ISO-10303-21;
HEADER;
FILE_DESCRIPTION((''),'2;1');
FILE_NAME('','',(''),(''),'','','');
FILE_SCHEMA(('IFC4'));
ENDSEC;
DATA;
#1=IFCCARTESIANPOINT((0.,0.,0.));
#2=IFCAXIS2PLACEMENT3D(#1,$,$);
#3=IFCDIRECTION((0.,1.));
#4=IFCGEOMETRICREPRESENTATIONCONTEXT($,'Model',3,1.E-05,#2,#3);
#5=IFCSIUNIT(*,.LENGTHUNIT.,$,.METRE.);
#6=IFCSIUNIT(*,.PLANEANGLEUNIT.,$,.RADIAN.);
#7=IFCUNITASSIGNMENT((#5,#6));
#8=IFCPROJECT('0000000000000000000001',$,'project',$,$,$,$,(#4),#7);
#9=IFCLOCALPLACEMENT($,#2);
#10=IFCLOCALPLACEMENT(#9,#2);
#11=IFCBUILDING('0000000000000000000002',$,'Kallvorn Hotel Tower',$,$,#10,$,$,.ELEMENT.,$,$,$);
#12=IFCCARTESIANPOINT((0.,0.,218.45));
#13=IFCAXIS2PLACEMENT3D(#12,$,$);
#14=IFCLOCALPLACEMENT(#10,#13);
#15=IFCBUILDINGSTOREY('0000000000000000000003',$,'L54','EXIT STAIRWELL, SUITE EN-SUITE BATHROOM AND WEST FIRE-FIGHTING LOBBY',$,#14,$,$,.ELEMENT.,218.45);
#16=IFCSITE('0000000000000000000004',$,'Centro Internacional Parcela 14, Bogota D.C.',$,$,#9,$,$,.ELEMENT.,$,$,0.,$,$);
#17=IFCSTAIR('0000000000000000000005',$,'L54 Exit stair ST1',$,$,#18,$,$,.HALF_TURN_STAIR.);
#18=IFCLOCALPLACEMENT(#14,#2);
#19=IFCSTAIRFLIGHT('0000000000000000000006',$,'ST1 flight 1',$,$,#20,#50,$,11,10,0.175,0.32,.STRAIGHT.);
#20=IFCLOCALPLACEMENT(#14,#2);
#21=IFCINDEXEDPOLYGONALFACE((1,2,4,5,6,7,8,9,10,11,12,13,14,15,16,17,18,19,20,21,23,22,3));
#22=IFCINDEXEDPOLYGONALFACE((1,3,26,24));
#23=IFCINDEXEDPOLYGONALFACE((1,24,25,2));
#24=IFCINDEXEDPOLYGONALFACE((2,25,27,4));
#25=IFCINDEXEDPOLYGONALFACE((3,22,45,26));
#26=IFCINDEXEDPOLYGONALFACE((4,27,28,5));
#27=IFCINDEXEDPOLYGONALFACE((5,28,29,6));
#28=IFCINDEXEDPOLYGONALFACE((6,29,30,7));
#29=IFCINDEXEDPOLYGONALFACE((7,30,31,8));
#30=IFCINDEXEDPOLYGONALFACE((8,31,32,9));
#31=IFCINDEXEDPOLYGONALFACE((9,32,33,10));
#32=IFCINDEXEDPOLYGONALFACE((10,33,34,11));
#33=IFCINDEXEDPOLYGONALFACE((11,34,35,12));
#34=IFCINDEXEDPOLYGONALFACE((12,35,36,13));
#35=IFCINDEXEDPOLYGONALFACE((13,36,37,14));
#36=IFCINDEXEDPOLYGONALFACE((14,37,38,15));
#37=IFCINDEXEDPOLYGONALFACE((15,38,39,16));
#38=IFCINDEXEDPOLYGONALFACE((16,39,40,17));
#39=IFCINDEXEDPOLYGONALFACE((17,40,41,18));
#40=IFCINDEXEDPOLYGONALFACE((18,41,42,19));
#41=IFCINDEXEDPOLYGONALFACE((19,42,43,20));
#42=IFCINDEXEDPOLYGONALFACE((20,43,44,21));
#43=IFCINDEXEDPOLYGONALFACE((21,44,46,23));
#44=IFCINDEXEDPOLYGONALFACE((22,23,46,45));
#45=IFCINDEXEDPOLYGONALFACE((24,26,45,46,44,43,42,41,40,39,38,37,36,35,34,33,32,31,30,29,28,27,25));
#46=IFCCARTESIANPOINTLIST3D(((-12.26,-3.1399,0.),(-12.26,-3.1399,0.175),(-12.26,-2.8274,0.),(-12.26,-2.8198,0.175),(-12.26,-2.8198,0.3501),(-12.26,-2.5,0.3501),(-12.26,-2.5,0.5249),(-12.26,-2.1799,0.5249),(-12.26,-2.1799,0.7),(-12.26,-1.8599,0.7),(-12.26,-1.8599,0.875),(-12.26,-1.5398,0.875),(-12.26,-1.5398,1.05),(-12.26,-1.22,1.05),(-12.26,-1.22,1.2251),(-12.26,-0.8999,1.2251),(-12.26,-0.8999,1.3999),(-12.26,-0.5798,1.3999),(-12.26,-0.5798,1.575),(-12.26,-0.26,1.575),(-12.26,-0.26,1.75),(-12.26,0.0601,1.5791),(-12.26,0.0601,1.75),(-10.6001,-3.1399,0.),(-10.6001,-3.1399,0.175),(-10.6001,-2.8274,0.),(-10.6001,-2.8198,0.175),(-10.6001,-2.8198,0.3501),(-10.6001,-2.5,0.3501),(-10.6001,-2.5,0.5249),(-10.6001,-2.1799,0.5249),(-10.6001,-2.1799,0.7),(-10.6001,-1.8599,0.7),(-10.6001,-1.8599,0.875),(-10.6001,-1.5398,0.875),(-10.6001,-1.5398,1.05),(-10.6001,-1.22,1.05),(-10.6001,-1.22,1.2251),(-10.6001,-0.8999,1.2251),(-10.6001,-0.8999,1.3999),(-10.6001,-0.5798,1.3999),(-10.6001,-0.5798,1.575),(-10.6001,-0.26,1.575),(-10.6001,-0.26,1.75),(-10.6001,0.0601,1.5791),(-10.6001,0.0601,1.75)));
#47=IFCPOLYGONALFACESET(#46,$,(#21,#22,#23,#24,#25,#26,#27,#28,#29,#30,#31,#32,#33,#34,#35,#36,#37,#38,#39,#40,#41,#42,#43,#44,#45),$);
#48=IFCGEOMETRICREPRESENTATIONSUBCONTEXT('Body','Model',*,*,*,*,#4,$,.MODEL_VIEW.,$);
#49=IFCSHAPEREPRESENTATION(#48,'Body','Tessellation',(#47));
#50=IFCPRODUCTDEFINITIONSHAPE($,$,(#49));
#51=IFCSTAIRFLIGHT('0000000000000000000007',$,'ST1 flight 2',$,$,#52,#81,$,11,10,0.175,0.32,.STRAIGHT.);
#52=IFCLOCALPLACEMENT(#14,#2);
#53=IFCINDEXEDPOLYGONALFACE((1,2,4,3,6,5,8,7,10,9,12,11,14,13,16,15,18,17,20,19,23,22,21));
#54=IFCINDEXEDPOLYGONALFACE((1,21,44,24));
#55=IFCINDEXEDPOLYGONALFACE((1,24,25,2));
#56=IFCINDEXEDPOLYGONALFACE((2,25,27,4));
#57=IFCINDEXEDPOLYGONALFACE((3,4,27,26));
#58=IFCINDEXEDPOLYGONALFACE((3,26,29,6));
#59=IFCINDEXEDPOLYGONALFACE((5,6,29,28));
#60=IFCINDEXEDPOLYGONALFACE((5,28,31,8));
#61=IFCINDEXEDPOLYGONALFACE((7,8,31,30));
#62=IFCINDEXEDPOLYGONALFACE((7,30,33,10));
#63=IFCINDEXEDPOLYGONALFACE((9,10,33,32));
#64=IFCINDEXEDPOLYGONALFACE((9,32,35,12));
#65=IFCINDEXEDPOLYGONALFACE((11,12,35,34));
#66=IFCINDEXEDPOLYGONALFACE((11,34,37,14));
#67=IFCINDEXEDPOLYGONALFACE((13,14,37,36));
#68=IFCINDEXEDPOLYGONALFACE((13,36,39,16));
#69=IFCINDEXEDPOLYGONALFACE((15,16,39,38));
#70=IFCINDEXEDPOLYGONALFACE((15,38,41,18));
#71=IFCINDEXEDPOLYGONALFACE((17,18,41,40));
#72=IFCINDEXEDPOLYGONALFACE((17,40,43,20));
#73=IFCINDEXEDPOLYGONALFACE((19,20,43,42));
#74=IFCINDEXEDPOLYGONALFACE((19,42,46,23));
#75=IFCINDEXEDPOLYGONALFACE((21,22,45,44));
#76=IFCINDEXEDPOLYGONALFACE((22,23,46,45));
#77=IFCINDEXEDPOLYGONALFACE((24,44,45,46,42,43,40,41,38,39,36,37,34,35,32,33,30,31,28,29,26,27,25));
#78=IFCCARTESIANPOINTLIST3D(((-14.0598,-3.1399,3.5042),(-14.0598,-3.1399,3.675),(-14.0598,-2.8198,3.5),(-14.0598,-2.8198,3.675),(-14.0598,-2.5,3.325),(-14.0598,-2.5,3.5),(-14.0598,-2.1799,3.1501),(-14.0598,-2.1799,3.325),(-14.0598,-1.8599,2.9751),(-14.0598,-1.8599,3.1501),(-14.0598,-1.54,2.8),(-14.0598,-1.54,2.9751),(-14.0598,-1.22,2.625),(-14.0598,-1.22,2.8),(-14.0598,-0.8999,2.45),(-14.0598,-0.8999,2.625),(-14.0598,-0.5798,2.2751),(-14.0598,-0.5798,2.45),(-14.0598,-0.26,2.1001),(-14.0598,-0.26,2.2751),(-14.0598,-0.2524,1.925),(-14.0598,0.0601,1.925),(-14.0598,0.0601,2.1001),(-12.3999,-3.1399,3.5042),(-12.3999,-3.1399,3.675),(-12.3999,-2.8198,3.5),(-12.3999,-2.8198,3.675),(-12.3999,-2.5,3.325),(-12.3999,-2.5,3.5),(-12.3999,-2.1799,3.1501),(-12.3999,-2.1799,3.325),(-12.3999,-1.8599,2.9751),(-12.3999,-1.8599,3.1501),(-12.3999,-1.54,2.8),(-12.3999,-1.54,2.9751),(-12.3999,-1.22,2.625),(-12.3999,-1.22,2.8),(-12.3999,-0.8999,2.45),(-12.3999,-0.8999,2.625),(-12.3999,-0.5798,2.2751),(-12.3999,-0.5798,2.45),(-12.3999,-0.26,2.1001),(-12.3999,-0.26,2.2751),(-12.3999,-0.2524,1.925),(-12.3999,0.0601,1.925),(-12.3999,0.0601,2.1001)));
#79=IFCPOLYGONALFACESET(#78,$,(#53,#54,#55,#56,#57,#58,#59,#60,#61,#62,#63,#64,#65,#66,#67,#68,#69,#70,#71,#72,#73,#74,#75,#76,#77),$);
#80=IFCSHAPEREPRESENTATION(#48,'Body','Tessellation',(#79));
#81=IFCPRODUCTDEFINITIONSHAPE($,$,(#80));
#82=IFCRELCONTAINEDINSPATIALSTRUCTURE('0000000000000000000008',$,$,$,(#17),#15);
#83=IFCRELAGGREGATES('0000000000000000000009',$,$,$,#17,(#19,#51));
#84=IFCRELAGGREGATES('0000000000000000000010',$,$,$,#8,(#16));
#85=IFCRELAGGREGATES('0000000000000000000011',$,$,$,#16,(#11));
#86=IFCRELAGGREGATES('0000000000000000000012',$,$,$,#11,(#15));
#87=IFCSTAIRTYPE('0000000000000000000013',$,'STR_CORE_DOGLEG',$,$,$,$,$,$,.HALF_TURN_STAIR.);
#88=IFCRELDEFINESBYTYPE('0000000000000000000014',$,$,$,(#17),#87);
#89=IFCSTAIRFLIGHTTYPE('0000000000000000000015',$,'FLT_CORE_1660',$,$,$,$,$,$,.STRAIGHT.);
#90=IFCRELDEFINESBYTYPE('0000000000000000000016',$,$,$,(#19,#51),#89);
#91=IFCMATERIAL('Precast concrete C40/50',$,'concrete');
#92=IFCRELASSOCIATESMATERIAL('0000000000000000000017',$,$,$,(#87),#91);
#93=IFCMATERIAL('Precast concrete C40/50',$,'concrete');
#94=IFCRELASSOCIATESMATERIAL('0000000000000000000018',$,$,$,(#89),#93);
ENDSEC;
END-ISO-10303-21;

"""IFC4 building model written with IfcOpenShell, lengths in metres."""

from ifc_helpers import new_model, si_unit, direction, frame, origin, place, context, subcontext, project, spatial, polyline, outline, extrude, material, type_object, element, aggregate, save


model = new_model("IFC4")

# Units and contexts
model_context = context("Model", 3, precision=1e-05, world=origin(), true_north=direction((0.0, 1.0)))
body_context = subcontext(model_context, "Body", "Model", "MODEL_VIEW")
ifc_project = project(units=[si_unit("LENGTHUNIT", "METRE"), si_unit("PLANEANGLEUNIT", "RADIAN")], contexts=[model_context])

# Site, building, storey
site_placement = place(None, origin())
site = spatial("IfcSite", under=ifc_project, at=site_placement, Name="Centro Internacional Parcela 14, Bogota D.C.", CompositionType="ELEMENT", RefElevation=0.0)
building_placement = place(site_placement, origin())
building = spatial("IfcBuilding", under=site, at=building_placement, Name="Kallvorn Hotel Tower", CompositionType="ELEMENT")
storey_placement = place(building_placement, frame((0.0, 0.0, 218.45)))
storey = spatial("IfcBuildingStorey", under=building, at=storey_placement, Name="L54", Description="EXIT STAIRWELL, SUITE EN-SUITE BATHROOM AND WEST FIRE-FIGHTING LOBBY", CompositionType="ELEMENT", Elevation=218.45)

# Stair, stair flights
ifc_material_1 = material(Name="Precast concrete C40/50", Category="concrete")
stair_type = type_object("IfcStairType", Name="STR_CORE_DOGLEG", PredefinedType="HALF_TURN_STAIR", material=ifc_material_1)
stair_placement = place(storey_placement, origin())
stair = element("IfcStair", 1, at=stair_placement, inside=storey, type_object=stair_type, Name="L54 Exit stair ST1", PredefinedType="HALF_TURN_STAIR")
ifc_material_2 = material(Name="Precast concrete C40/50", Category="concrete")
stair_flight_type = type_object("IfcStairFlightType", Name="FLT_CORE_1660", PredefinedType="STRAIGHT", material=ifc_material_2)
stair_flight_1_placement = place(storey_placement, frame((-11.4299, -3.1399, 0.0), z_axis=(0.0, 0.0, 1.0), x_axis=(0.0, 1.0, 0.0)))
stair_flight_1 = element("IfcStairFlight", 2, at=stair_flight_1_placement, type_object=stair_flight_type, Name="ST1 flight 1", NumberOfRisers=11, NumberOfTreads=10, PredefinedType="STRAIGHT", RiserHeight=0.175, TreadLength=0.32, context=body_context, shape_type="SweptSolid", body=[
    extrude(outline(polyline([(0.0, 0.0), (0.0, 0.175), (0.3201, 0.175), (0.3201, 0.3501), (0.6399, 0.3501), (0.6399, 0.5249), (0.96, 0.5249), (0.96, 0.7), (1.28, 0.7), (1.28, 0.875), (1.6001, 0.875), (1.6001, 1.05), (1.9199, 1.05), (1.9199, 1.2251), (2.24, 1.2251), (2.24, 1.3999), (2.5601, 1.3999), (2.5601, 1.575), (2.8799, 1.575), (2.8799, 1.75), (3.2, 1.75), (3.2, 1.925), (3.2, 1.5791), (0.3125, 0.0), (0.0, 0.0)])), frame((0.0, 0.8301, 0.0), z_axis=(0.0, -1.0, 0.0), x_axis=(1.0, 0.0, 0.0)), (0.0, 0.0, 1.0), 1.6599),
])
stair_flight_2_placement = place(storey_placement, frame((-13.23, 0.0601, 1.925), z_axis=(0.0, 0.0, 1.0), x_axis=(0.0, -1.0, 0.0)))
stair_flight_2 = element("IfcStairFlight", 3, at=stair_flight_2_placement, type_object=stair_flight_type, Name="ST1 flight 2", NumberOfRisers=11, NumberOfTreads=10, PredefinedType="STRAIGHT", RiserHeight=0.175, TreadLength=0.32, context=body_context, shape_type="SweptSolid", body=[
    extrude(outline(polyline([(0.0, 0.0), (0.0, 0.175), (0.3201, 0.175), (0.3201, 0.3501), (0.6399, 0.3501), (0.6399, 0.5249), (0.96, 0.5249), (0.96, 0.7), (1.28, 0.7), (1.28, 0.875), (1.6001, 0.875), (1.6001, 1.05), (1.9199, 1.05), (1.9199, 1.2251), (2.24, 1.2251), (2.24, 1.3999), (2.5601, 1.3999), (2.5601, 1.575), (2.8799, 1.575), (2.8799, 1.75), (3.2, 1.75), (3.2, 1.925), (3.2, 1.5791), (0.3125, 0.0), (0.0, 0.0)])), frame((0.0, 0.8301, 0.0), z_axis=(0.0, -1.0, 0.0), x_axis=(1.0, 0.0, 0.0)), (0.0, 0.0, 1.0), 1.6599),
])
aggregate(stair, [stair_flight_1, stair_flight_2])

save(model, "model.ifc")
